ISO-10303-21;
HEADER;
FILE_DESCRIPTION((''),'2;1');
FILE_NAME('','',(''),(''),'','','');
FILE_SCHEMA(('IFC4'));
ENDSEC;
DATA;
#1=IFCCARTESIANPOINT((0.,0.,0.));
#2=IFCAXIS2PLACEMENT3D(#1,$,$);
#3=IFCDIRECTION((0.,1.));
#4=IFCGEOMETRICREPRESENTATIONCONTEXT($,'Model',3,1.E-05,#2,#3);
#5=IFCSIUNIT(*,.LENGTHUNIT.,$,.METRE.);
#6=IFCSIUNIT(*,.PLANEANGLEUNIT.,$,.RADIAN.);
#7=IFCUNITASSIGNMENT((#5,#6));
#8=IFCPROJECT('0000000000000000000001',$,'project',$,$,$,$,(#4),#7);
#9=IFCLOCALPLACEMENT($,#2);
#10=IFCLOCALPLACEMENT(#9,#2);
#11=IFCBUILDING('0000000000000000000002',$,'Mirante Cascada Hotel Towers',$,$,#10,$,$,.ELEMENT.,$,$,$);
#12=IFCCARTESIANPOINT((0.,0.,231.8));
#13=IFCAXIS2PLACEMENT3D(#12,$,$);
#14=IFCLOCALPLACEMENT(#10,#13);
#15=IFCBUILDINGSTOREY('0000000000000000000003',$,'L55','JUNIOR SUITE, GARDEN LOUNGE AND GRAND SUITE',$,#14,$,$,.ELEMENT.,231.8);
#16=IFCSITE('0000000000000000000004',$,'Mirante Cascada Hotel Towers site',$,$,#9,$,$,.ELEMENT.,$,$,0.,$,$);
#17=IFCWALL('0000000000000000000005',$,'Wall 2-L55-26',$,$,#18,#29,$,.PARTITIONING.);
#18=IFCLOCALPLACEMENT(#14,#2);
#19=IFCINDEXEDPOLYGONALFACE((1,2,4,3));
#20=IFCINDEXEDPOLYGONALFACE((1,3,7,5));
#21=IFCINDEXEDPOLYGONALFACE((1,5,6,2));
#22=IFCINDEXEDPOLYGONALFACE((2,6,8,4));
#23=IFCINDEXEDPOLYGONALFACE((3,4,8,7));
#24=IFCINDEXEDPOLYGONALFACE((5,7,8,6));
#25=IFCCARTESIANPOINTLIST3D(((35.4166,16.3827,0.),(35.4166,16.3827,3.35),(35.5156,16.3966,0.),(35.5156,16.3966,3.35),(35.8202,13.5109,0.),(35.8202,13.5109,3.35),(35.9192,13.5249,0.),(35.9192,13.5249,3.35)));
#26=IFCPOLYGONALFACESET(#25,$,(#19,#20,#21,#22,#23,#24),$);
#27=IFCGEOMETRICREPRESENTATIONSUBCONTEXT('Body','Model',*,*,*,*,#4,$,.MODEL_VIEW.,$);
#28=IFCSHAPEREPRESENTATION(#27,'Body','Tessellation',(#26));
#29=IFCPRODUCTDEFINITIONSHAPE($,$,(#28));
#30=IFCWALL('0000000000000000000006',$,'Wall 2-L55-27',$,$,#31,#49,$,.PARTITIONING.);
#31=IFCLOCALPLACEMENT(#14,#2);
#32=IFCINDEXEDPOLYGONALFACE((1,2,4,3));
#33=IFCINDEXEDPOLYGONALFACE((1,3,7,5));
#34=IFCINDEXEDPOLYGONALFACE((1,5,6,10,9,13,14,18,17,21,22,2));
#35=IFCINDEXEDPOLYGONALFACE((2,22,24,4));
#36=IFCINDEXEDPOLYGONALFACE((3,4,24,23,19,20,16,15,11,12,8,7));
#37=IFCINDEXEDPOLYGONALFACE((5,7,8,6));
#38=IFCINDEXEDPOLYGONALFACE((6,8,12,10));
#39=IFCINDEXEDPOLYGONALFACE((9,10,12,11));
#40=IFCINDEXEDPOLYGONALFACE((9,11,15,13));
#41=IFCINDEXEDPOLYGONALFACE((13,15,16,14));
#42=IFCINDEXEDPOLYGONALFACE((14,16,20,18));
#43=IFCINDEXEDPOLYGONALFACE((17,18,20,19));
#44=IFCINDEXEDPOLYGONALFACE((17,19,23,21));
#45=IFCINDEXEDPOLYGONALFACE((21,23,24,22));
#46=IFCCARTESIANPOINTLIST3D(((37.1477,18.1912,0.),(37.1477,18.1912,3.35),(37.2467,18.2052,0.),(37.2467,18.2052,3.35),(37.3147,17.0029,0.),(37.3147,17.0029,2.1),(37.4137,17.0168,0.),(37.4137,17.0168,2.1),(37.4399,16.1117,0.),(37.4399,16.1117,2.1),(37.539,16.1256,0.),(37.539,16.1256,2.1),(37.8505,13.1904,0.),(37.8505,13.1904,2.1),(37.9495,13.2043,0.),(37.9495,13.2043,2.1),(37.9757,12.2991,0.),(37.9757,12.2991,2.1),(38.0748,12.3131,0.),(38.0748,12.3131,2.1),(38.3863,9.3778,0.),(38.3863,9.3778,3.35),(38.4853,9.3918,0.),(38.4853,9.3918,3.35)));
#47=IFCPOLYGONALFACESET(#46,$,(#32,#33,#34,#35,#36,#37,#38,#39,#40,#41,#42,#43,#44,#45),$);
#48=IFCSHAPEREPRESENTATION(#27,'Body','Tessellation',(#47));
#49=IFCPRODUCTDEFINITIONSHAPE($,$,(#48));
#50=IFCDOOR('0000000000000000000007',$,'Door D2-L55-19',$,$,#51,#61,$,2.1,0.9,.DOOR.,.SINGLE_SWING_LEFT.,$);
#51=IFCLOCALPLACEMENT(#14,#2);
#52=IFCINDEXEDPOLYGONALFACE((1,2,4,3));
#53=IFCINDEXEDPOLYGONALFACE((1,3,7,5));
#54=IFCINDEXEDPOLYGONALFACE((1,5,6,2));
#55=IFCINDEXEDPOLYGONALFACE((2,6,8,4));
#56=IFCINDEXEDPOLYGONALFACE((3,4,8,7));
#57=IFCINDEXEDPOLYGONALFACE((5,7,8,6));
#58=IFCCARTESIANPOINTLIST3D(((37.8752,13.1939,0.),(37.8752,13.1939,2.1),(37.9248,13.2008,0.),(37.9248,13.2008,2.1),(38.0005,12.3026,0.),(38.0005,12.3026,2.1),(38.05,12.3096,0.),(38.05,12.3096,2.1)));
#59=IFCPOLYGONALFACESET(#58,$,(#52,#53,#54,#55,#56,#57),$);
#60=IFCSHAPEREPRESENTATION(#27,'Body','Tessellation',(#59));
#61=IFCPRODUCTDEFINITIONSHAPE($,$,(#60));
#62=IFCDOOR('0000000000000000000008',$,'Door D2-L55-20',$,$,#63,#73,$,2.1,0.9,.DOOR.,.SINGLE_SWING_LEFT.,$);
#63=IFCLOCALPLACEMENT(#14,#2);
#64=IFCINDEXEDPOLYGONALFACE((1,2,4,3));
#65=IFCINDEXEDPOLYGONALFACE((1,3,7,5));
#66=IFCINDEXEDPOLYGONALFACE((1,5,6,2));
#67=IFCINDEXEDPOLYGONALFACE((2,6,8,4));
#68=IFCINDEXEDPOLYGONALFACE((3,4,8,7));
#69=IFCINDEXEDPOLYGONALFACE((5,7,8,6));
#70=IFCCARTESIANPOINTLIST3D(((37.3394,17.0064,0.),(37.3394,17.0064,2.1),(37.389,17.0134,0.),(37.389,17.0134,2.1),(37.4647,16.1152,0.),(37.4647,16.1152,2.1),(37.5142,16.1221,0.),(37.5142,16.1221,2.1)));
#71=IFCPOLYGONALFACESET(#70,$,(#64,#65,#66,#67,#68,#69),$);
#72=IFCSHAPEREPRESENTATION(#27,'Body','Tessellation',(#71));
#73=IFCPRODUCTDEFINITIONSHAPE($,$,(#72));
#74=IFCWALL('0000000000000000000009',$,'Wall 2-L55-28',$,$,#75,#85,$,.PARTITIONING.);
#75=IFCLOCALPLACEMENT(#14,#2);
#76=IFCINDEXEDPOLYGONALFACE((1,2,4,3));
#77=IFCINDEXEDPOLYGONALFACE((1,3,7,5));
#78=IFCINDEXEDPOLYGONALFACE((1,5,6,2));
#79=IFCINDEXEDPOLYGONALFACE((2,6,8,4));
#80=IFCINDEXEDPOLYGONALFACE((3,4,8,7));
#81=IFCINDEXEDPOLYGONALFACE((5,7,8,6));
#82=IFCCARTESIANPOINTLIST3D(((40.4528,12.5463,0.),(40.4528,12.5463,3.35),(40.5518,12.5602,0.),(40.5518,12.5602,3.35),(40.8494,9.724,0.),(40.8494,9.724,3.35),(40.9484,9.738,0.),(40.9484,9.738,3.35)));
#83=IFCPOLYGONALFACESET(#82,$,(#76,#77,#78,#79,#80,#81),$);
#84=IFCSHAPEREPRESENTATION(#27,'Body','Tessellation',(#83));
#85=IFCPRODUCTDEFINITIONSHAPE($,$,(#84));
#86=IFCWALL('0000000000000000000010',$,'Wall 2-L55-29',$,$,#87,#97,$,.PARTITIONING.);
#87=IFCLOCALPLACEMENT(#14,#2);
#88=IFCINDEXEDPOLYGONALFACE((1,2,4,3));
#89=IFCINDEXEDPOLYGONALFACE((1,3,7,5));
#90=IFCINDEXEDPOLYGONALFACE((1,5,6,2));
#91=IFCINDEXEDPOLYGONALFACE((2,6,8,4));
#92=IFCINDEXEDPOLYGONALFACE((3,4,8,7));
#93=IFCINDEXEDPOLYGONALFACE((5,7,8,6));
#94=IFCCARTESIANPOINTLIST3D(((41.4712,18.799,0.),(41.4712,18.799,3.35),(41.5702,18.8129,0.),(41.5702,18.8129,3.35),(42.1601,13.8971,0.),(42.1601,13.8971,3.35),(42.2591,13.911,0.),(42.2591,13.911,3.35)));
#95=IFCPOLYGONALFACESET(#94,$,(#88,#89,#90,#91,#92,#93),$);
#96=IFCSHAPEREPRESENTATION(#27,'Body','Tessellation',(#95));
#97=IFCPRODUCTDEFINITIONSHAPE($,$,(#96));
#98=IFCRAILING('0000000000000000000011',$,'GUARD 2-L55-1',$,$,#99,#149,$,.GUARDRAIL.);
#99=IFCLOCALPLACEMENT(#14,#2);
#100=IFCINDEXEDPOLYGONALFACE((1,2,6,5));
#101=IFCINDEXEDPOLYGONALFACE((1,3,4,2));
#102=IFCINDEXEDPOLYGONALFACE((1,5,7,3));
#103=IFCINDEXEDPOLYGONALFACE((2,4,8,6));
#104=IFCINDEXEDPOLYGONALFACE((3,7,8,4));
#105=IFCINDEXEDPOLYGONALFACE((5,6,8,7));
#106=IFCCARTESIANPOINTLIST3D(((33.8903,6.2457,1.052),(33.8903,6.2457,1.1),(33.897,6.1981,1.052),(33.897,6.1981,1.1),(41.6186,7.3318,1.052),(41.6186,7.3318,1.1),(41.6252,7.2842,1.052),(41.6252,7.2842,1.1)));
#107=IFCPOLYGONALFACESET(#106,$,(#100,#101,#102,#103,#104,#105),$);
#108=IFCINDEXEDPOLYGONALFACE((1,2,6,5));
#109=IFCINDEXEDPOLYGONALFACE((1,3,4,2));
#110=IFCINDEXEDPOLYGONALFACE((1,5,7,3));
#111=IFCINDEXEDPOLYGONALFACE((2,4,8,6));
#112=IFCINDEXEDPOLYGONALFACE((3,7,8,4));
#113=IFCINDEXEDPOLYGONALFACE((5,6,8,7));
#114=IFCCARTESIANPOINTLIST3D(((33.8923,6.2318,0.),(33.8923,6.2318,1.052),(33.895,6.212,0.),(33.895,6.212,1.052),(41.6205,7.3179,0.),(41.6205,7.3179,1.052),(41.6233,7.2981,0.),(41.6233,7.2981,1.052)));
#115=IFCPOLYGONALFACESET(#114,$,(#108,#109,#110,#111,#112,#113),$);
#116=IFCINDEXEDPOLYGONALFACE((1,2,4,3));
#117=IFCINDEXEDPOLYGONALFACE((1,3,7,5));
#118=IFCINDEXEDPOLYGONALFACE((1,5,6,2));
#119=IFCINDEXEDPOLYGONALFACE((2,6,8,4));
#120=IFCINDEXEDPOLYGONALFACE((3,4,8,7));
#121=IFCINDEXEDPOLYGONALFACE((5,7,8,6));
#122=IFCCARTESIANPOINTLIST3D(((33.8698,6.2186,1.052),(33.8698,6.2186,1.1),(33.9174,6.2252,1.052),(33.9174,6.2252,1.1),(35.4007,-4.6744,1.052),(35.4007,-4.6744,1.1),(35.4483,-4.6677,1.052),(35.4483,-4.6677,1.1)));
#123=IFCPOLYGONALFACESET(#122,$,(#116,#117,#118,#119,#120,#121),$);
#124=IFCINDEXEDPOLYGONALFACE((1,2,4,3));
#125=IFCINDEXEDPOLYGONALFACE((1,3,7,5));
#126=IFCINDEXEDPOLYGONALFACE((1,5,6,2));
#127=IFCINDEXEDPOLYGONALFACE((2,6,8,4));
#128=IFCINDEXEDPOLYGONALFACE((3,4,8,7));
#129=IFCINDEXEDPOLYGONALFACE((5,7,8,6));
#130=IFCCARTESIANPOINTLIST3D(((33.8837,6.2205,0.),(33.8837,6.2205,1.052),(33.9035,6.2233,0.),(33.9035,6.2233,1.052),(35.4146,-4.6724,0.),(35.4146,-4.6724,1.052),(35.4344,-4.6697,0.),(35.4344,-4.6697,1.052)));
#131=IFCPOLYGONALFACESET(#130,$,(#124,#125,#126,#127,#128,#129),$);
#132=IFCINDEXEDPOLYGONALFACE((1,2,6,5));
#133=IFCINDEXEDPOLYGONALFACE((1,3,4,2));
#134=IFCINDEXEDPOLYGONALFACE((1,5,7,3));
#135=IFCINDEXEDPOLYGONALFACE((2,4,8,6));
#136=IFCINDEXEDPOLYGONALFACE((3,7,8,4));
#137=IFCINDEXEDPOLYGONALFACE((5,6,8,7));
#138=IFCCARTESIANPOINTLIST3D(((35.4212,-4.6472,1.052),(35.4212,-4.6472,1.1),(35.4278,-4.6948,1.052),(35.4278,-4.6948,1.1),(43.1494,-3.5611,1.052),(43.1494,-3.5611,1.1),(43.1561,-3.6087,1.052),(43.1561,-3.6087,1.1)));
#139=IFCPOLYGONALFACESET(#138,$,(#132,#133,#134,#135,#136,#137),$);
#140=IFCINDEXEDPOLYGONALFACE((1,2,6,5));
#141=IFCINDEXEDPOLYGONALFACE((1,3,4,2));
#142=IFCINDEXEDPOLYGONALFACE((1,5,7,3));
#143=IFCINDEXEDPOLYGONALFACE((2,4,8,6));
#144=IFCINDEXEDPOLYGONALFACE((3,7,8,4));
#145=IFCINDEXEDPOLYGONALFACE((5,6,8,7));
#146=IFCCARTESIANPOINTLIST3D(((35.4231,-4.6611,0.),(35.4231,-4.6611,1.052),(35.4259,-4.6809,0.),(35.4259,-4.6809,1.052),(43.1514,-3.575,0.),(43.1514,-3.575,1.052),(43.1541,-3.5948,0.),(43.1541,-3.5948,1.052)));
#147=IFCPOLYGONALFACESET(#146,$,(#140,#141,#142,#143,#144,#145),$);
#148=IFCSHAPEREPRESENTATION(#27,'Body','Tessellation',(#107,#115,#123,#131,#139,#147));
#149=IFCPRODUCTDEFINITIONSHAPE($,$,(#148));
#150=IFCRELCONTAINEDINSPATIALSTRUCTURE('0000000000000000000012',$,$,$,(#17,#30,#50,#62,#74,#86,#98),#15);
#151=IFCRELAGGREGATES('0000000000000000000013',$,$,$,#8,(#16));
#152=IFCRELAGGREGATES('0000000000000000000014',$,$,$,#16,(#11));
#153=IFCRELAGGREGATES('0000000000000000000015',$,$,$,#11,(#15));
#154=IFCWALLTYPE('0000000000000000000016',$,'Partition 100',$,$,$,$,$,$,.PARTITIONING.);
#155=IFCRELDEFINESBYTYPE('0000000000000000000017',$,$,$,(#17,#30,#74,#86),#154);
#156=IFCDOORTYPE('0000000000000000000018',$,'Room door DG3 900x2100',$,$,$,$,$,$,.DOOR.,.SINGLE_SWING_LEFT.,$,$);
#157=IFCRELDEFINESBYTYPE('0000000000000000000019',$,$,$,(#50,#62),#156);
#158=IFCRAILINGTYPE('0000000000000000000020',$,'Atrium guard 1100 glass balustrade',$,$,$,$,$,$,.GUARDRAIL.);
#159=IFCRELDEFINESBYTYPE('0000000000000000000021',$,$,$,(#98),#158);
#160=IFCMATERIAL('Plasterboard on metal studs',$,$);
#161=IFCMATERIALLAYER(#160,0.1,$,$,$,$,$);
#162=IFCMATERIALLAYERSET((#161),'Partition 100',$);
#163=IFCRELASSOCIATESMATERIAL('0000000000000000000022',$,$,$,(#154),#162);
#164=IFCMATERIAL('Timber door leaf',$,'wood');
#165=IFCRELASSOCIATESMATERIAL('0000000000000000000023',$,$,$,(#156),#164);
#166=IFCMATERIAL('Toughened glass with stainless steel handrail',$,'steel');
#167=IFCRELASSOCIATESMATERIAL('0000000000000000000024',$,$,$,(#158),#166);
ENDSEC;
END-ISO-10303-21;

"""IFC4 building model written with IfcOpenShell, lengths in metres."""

from ifc_helpers import new_model, si_unit, direction, frame, frame_2d, origin, origin_2d, place, context, subcontext, project, spatial, rectangle, extrude, material, layer, layer_set, type_object, element, fill, save


model = new_model("IFC4")

# Units and contexts
model_context = context("Model", 3, precision=1e-05, world=origin(), true_north=direction((0.0, 1.0)))
body_context = subcontext(model_context, "Body", "Model", "MODEL_VIEW")
ifc_project = project(units=[si_unit("LENGTHUNIT", "METRE"), si_unit("PLANEANGLEUNIT", "RADIAN")], contexts=[model_context])

# Site, building, storey
site_placement = place(None, origin())
site = spatial("IfcSite", under=ifc_project, at=site_placement, Name="Mirante Cascada Hotel Towers site", CompositionType="ELEMENT", RefElevation=0.0)
building_placement = place(site_placement, origin())
building = spatial("IfcBuilding", under=site, at=building_placement, Name="Mirante Cascada Hotel Towers", CompositionType="ELEMENT")
storey_placement = place(building_placement, frame((0.0, 0.0, 231.8)))
storey = spatial("IfcBuildingStorey", under=building, at=storey_placement, Name="L55", Description="JUNIOR SUITE, GARDEN LOUNGE AND GRAND SUITE", CompositionType="ELEMENT", Elevation=231.8)

# Shared definitions
ifc_material_1 = material(Name="Plasterboard on metal studs")
ifc_layer_1 = layer(ifc_material_1, 0.1)
ifc_layer_set_1 = layer_set([ifc_layer_1], Name="Partition 100")
wall_type_1 = type_object("IfcWallType", Name="Partition 100", PredefinedType="PARTITIONING", material=ifc_layer_set_1)

# Wall
wall_1_placement = place(storey_placement, frame((35.8697, 13.5179, 0.0), z_axis=(0.0, 0.0, 1.0), x_axis=(-0.139171, 0.990268, 0.0)))
element("IfcWall", 1, at=wall_1_placement, inside=storey, type_object=wall_type_1, Name="Wall 2-L55-26", PredefinedType="PARTITIONING", context=body_context, shape_type="SweptSolid", body=[
    extrude(rectangle(XDim=2.9, YDim=0.1, at=frame_2d((1.45, 0.0))), origin(), (0.0, 0.0, 1.0), 3.35),
])

# Wall, openings, doors
wall_2_placement = place(storey_placement, frame((37.1972, 18.1982, 0.0), z_axis=(0.0, 0.0, 1.0), x_axis=(0.139168, -0.990269, 0.0)))
wall_2 = element("IfcWall", 2, at=wall_2_placement, inside=storey, type_object=wall_type_1, Name="Wall 2-L55-27", PredefinedType="PARTITIONING", context=body_context, shape_type="SweptSolid", body=[
    extrude(rectangle(XDim=8.9, YDim=0.1, at=frame_2d((4.45, 0.0))), origin(), (0.0, 0.0, 1.0), 3.35),
])
opening_1_placement = place(wall_2_placement, frame((5.05, 0.0, 0.0)))
opening_1 = element("IfcOpeningElement", 3, at=opening_1_placement, cuts=wall_2, PredefinedType="OPENING", context=body_context, shape_type="SweptSolid", body=[
    extrude(rectangle(XDim=0.9, YDim=2.1, at=frame_2d((0.45, 1.05))), frame((0.0, 0.05, 0.0), z_axis=(0.0, -1.0, 0.0), x_axis=(1.0, 0.0, 0.0)), (0.0, 0.0, 1.0), 0.1),
])
opening_2_placement = place(wall_2_placement, frame((1.2, 0.0, 0.0)))
opening_2 = element("IfcOpeningElement", 4, at=opening_2_placement, cuts=wall_2, PredefinedType="OPENING", context=body_context, shape_type="SweptSolid", body=[
    extrude(rectangle(XDim=0.9, YDim=2.1, at=frame_2d((0.45, 1.05))), frame((0.0, 0.05, 0.0), z_axis=(0.0, -1.0, 0.0), x_axis=(1.0, 0.0, 0.0)), (0.0, 0.0, 1.0), 0.1),
])
ifc_material_2 = material(Name="Timber door leaf", Category="wood")
door_type_1 = type_object("IfcDoorType", Name="Room door DG3 900x2100", OperationType="SINGLE_SWING_LEFT", PredefinedType="DOOR", material=ifc_material_2)
door_1_placement = place(opening_1_placement, origin())
door_1 = element("IfcDoor", 5, at=door_1_placement, inside=storey, type_object=door_type_1, Name="Door D2-L55-19", OperationType="SINGLE_SWING_LEFT", OverallHeight=2.1, OverallWidth=0.9, PredefinedType="DOOR", context=body_context, shape_type="SweptSolid", body=[
    extrude(rectangle(XDim=0.9, YDim=2.1, at=frame_2d((0.45, 1.05))), frame((0.0, 0.025, 0.0), z_axis=(0.0, -1.0, 0.0), x_axis=(1.0, 0.0, 0.0)), (0.0, 0.0, 1.0), 0.05),
])
fill(opening_1, door_1)
door_2_placement = place(opening_2_placement, origin())
door_2 = element("IfcDoor", 6, at=door_2_placement, inside=storey, type_object=door_type_1, Name="Door D2-L55-20", OperationType="SINGLE_SWING_LEFT", OverallHeight=2.1, OverallWidth=0.9, PredefinedType="DOOR", context=body_context, shape_type="SweptSolid", body=[
    extrude(rectangle(XDim=0.9, YDim=2.1, at=frame_2d((0.45, 1.05))), frame((0.0, 0.025, 0.0), z_axis=(0.0, -1.0, 0.0), x_axis=(1.0, 0.0, 0.0)), (0.0, 0.0, 1.0), 0.05),
])
fill(opening_2, door_2)

# Walls
wall_3_placement = place(storey_placement, frame((40.8989, 9.731, 0.0), z_axis=(0.0, 0.0, 1.0), x_axis=(-0.139156, 0.99027, 0.0)))
element("IfcWall", 7, at=wall_3_placement, inside=storey, type_object=wall_type_1, Name="Wall 2-L55-28", PredefinedType="PARTITIONING", context=body_context, shape_type="SweptSolid", body=[
    extrude(rectangle(XDim=2.85, YDim=0.1, at=frame_2d((1.425, 0.0))), origin(), (0.0, 0.0, 1.0), 3.35),
])
wall_4_placement = place(storey_placement, frame((41.5207, 18.8059, 0.0), z_axis=(0.0, 0.0, 1.0), x_axis=(0.13917, -0.990268, 0.0)))
element("IfcWall", 8, at=wall_4_placement, inside=storey, type_object=wall_type_1, Name="Wall 2-L55-29", PredefinedType="PARTITIONING", context=body_context, shape_type="SweptSolid", body=[
    extrude(rectangle(XDim=4.9501, YDim=0.1, at=frame_2d((2.475, 0.0))), origin(), (0.0, 0.0, 1.0), 3.35),
])

# Railing
ifc_material_3 = material(Name="Toughened glass with stainless steel handrail", Category="steel")
railing_type = type_object("IfcRailingType", Name="Atrium guard 1100 glass balustrade", PredefinedType="GUARDRAIL", material=ifc_material_3)
railing_placement = place(storey_placement, frame((41.6219, 7.308, 0.0)))
element("IfcRailing", 9, at=railing_placement, inside=storey, type_object=railing_type, Name="GUARD 2-L55-1", PredefinedType="GUARDRAIL", context=body_context, shape_type="SweptSolid", body=[
    extrude(rectangle(XDim=0.048, YDim=0.048, at=origin_2d()), frame((0.0, 0.0, 1.076), z_axis=(-0.990269, -0.139168, 0.0), x_axis=(0.139168, -0.990269, 0.0)), (0.0, 0.0, 1.0), 7.8042),
    extrude(rectangle(XDim=0.02, YDim=1.052, at=origin_2d()), frame((0.0, 0.0, 0.526), z_axis=(-0.990269, -0.139168, 0.0), x_axis=(0.139168, -0.990269, 0.0)), (0.0, 0.0, 1.0), 7.8042),
    extrude(rectangle(XDim=0.048, YDim=0.048, at=origin_2d()), frame((-7.7283, -1.0861, 1.076), z_axis=(0.139173, -0.990268, 0.0), x_axis=(0.990268, 0.139173, 0.0)), (0.0, 0.0, 1.0), 11.0),
    extrude(rectangle(XDim=0.02, YDim=1.052, at=origin_2d()), frame((-7.7283, -1.0861, 0.526), z_axis=(0.139173, -0.990268, 0.0), x_axis=(0.990268, 0.139173, 0.0)), (0.0, 0.0, 1.0), 11.0),
    extrude(rectangle(XDim=0.048, YDim=0.048, at=origin_2d()), frame((-6.1974, -11.979, 1.076), z_axis=(0.990269, 0.139168, 0.0), x_axis=(-0.139168, 0.990269, 0.0)), (0.0, 0.0, 1.0), 7.8042),
    extrude(rectangle(XDim=0.02, YDim=1.052, at=origin_2d()), frame((-6.1974, -11.979, 0.526), z_axis=(0.990269, 0.139168, 0.0), x_axis=(-0.139168, 0.990269, 0.0)), (0.0, 0.0, 1.0), 7.8042),
])

save(model, "model.ifc")
